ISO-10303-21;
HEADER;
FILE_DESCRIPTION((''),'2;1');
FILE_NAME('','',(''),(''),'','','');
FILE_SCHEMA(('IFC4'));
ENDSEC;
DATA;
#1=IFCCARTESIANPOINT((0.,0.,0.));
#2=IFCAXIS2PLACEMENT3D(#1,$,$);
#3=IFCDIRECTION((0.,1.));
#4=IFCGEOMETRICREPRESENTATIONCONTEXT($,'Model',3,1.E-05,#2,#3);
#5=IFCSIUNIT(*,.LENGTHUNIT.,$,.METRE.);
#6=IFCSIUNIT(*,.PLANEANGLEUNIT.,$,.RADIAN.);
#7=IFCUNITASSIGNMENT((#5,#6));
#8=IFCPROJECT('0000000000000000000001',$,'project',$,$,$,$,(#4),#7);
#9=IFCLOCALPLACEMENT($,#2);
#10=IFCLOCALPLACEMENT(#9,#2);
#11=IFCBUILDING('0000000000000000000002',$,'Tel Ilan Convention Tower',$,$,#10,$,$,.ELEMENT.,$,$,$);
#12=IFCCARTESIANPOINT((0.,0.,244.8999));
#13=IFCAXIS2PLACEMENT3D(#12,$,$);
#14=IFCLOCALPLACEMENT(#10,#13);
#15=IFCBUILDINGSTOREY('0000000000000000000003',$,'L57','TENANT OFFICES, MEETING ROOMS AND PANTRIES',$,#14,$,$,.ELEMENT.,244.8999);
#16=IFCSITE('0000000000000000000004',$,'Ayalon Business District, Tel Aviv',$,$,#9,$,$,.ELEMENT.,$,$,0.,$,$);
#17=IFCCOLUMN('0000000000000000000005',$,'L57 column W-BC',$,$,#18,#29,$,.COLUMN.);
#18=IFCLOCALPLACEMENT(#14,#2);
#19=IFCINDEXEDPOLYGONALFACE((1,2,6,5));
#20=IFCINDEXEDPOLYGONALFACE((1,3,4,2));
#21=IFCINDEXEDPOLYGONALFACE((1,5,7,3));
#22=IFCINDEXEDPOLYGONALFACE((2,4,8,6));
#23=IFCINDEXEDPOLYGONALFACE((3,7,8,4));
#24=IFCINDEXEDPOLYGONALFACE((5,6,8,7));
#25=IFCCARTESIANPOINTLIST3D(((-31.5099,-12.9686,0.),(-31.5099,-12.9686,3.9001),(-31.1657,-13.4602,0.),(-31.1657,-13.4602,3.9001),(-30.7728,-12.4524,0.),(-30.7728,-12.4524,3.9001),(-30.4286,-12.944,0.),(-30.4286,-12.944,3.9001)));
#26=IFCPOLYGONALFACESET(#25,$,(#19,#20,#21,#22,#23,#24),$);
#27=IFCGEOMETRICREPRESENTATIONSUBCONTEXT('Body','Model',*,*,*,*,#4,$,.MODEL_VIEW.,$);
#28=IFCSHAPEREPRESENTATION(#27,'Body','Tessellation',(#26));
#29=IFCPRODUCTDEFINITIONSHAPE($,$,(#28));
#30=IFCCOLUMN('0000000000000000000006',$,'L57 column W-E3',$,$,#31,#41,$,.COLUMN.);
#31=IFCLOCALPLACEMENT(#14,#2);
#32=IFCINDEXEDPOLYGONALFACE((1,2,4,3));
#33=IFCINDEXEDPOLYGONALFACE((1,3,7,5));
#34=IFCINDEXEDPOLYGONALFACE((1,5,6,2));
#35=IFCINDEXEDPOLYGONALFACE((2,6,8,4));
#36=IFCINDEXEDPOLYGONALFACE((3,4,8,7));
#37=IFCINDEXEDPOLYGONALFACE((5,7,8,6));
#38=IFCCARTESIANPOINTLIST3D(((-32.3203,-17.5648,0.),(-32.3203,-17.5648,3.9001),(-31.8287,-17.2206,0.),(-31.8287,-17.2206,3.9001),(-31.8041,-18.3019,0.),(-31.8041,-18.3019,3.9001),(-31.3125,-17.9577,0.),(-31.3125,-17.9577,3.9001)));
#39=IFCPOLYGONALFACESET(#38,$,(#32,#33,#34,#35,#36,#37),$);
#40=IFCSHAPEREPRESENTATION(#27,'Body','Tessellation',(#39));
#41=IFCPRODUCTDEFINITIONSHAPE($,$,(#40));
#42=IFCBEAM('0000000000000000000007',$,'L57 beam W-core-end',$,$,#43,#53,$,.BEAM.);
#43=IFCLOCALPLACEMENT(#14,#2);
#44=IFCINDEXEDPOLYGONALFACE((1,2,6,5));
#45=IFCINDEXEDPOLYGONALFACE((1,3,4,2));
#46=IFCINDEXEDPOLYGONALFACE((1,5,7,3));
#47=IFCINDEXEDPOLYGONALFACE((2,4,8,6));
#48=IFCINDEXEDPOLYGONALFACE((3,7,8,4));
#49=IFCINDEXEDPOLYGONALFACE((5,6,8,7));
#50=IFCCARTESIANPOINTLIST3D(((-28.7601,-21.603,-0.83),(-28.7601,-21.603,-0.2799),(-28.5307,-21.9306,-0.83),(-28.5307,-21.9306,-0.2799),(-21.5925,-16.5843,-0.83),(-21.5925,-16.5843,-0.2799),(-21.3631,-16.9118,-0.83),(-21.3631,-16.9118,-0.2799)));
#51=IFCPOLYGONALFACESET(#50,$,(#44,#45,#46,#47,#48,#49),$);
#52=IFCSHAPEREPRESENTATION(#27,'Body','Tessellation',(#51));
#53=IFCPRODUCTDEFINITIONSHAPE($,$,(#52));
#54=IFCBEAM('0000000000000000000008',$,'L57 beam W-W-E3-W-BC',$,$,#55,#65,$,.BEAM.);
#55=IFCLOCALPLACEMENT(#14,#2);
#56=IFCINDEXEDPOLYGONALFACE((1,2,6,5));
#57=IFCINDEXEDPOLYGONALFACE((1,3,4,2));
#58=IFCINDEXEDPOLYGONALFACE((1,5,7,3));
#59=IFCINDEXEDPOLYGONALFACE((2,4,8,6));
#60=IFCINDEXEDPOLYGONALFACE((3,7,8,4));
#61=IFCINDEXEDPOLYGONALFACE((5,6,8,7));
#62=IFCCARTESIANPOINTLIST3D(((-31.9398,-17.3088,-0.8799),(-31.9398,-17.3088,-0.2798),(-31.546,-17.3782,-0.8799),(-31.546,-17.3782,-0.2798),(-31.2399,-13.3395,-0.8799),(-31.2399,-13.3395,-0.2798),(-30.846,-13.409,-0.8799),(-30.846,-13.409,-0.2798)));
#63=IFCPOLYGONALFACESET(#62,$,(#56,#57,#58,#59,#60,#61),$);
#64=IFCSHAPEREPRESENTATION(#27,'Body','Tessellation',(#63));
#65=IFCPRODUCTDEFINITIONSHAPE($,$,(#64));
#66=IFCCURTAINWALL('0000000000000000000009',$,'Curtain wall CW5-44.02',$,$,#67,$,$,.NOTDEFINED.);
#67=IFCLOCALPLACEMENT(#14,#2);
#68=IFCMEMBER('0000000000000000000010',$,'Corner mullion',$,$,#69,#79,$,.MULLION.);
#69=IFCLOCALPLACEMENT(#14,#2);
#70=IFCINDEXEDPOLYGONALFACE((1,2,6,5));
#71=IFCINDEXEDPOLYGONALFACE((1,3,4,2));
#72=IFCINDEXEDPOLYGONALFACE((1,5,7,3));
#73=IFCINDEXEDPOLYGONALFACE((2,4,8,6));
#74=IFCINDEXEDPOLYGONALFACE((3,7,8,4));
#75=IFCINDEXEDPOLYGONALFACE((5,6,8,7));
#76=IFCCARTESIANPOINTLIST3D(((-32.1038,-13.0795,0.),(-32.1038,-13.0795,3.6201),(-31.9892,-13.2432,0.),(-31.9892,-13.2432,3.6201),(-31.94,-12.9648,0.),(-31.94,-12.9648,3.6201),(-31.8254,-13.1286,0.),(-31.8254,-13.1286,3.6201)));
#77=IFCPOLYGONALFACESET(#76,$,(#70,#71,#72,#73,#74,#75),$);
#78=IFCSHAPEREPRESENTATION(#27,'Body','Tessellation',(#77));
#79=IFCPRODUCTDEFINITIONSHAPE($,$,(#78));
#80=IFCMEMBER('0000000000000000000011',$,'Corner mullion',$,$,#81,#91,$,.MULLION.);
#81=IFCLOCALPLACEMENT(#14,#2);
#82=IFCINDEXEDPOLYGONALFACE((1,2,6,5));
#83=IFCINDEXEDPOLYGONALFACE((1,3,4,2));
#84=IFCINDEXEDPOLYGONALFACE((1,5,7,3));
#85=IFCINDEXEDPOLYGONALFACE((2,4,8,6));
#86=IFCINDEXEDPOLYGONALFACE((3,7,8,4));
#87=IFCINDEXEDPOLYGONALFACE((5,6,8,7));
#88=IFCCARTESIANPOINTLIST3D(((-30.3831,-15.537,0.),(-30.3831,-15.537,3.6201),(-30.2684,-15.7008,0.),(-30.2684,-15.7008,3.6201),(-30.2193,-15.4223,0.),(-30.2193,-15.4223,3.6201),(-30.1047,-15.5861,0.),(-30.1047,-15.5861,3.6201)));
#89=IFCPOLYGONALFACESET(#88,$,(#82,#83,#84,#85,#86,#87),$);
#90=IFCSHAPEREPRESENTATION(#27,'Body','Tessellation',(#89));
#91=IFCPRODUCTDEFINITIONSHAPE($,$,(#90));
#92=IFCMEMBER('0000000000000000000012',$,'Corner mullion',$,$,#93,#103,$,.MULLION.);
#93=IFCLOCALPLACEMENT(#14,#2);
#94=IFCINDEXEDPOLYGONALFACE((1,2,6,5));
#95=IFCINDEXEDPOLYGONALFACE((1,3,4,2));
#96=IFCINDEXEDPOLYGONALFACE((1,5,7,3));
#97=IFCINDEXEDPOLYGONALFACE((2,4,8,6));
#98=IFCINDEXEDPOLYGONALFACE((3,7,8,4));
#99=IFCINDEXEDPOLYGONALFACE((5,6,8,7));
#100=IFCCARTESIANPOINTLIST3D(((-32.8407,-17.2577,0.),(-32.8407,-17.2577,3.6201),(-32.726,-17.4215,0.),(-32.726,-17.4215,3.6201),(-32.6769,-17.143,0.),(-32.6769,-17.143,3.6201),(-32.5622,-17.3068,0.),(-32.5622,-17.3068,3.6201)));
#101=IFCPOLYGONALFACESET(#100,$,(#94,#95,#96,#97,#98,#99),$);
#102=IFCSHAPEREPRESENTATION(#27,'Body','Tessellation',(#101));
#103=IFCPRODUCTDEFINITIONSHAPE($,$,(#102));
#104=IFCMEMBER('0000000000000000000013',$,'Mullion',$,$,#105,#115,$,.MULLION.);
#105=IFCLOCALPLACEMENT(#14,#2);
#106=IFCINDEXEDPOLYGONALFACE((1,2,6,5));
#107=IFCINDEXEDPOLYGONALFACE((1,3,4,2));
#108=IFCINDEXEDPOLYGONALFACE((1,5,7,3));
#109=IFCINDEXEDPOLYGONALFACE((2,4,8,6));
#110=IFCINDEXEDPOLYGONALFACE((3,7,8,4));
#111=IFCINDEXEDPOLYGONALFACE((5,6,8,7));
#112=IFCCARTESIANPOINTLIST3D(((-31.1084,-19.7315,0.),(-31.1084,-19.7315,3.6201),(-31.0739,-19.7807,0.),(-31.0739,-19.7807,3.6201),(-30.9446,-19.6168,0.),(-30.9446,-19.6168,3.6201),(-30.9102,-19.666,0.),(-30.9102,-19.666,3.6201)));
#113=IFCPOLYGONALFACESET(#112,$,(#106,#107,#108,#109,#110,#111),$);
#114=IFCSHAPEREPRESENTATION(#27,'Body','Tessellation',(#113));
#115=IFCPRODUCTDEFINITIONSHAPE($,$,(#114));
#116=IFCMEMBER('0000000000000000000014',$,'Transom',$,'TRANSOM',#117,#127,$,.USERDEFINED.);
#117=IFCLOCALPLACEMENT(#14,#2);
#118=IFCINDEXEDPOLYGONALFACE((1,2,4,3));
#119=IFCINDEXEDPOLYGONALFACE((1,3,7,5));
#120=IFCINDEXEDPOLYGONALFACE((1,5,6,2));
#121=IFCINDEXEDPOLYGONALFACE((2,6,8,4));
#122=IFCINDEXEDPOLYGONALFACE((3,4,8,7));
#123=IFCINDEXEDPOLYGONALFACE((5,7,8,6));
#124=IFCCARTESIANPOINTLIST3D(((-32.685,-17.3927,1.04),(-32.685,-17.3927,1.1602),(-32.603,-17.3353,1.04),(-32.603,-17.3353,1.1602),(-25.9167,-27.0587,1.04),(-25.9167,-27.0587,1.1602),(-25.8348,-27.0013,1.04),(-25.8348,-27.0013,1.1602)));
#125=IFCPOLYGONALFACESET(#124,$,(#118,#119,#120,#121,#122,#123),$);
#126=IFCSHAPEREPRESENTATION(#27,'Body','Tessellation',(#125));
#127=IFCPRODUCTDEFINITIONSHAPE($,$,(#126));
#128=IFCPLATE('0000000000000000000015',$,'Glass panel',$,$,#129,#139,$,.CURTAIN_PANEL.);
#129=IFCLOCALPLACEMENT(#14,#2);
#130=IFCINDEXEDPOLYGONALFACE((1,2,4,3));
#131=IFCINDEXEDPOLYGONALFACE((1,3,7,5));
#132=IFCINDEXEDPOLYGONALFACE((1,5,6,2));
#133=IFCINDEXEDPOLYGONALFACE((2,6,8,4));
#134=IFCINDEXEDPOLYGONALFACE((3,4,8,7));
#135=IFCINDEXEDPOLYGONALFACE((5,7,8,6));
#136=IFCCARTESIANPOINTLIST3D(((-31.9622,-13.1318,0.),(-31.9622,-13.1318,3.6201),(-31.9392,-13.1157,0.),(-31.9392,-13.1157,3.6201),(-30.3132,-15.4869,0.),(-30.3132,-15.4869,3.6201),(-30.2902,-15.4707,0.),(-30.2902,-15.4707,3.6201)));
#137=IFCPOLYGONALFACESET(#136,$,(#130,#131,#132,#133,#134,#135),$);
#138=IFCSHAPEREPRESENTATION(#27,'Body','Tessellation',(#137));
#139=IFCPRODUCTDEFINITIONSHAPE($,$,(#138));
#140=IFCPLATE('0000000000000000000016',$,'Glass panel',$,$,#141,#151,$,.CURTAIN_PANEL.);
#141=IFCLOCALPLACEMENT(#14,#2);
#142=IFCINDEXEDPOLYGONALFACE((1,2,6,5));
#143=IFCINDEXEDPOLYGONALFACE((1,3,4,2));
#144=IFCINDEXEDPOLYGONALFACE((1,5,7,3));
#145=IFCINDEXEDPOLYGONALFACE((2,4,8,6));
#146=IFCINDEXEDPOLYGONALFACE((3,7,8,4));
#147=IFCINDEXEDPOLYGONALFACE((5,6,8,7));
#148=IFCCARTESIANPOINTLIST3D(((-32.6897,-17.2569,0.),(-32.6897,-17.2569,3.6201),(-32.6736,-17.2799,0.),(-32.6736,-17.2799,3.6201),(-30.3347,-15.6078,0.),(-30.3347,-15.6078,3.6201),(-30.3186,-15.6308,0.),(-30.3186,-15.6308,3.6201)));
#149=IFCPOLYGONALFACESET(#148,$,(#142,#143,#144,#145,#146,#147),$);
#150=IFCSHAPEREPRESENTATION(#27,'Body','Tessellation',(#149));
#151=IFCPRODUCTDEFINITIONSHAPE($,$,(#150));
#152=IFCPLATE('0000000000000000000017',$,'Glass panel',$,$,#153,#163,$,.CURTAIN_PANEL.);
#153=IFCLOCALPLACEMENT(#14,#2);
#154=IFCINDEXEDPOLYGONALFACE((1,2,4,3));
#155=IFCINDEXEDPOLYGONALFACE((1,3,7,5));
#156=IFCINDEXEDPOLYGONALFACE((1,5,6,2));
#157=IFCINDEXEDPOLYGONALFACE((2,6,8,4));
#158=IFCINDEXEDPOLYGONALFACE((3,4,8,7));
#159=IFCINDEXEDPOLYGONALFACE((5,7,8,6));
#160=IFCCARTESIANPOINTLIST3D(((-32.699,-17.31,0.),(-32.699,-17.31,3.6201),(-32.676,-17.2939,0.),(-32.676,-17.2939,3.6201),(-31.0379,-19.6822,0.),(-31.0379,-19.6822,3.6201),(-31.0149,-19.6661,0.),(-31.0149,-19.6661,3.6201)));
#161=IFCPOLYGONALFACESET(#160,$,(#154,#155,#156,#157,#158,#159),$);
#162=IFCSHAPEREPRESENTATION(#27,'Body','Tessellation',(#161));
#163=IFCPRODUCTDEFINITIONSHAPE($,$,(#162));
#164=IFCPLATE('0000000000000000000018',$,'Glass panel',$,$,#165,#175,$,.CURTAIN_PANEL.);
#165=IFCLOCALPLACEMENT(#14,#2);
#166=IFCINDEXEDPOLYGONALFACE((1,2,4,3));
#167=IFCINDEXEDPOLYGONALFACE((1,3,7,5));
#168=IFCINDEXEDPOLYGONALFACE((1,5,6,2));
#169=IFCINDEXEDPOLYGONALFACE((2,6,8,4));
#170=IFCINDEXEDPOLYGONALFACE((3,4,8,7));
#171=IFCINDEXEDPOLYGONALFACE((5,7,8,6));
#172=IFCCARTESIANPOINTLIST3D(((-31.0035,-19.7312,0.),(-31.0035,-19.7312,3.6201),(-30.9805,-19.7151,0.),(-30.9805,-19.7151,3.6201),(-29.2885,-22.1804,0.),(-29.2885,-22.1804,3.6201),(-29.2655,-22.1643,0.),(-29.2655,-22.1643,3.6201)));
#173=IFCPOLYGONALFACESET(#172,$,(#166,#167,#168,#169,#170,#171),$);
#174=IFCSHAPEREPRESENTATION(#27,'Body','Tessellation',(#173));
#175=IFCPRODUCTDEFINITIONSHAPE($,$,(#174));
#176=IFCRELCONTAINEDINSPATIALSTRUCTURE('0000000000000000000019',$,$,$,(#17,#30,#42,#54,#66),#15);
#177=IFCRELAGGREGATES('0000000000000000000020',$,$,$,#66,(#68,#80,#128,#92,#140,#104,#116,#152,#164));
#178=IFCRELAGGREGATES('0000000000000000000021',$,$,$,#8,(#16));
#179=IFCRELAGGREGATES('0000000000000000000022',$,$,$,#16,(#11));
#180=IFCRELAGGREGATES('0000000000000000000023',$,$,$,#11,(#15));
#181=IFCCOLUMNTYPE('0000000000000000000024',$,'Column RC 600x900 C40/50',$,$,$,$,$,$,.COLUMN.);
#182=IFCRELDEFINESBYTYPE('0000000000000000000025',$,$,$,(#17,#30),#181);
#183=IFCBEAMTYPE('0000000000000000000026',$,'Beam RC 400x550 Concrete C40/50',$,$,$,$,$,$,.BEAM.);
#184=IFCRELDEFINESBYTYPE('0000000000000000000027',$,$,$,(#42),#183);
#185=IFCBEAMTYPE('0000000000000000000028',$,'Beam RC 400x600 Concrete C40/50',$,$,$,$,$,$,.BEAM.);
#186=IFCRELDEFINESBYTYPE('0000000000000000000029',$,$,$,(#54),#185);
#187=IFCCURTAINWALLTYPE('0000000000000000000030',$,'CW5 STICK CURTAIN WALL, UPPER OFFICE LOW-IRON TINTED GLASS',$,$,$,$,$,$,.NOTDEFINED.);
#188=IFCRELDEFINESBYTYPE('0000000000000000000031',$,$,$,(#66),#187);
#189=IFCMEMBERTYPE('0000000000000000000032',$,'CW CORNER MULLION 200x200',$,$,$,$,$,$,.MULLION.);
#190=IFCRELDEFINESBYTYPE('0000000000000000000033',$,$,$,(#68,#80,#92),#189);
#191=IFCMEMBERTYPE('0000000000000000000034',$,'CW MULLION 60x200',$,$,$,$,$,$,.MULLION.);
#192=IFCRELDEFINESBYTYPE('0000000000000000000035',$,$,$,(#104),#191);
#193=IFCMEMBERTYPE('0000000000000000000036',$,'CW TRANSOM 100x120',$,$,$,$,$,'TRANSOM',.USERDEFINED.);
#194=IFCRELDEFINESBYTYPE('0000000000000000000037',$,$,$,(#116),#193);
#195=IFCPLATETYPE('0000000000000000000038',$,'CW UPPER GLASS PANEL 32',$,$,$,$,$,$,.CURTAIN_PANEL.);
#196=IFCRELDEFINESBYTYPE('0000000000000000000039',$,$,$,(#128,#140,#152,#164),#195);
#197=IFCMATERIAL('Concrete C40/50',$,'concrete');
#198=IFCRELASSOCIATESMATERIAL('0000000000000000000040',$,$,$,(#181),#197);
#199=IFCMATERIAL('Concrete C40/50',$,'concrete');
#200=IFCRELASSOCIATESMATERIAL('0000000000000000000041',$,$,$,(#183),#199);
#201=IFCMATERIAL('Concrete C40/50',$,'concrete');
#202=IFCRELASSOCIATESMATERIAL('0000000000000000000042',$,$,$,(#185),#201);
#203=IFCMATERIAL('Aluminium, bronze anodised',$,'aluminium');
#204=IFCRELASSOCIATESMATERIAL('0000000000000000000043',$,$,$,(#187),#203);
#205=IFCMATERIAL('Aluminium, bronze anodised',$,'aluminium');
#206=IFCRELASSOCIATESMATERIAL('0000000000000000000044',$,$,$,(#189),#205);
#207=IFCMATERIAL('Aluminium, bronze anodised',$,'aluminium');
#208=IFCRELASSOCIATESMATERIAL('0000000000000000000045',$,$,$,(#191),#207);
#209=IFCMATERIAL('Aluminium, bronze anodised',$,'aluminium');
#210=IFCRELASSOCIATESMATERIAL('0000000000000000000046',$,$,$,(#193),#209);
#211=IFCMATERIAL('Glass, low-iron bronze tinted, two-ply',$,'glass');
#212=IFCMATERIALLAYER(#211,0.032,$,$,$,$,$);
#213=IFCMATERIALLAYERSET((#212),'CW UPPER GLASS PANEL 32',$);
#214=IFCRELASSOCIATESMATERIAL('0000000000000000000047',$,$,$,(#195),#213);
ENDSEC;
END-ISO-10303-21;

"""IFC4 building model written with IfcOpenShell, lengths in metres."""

from ifc_helpers import new_model, si_unit, direction, frame, origin, origin_2d, place, context, subcontext, project, spatial, rectangle, extrude, material, layer, layer_set, material_profile, profile_set, type_object, element, aggregate, save


model = new_model("IFC4")

# Units and contexts
model_context = context("Model", 3, precision=1e-05, world=origin(), true_north=direction((0.0, 1.0)))
body_context = subcontext(model_context, "Body", "Model", "MODEL_VIEW")
ifc_project = project(units=[si_unit("LENGTHUNIT", "METRE"), si_unit("PLANEANGLEUNIT", "RADIAN")], contexts=[model_context])

# Site, building, storey
site_placement = place(None, origin())
site = spatial("IfcSite", under=ifc_project, at=site_placement, Name="Ayalon Business District, Tel Aviv", CompositionType="ELEMENT", RefElevation=0.0)
building_placement = place(site_placement, origin())
building = spatial("IfcBuilding", under=site, at=building_placement, Name="Tel Ilan Convention Tower", CompositionType="ELEMENT")
storey_placement = place(building_placement, frame((0.0, 0.0, 244.8999)))
storey = spatial("IfcBuildingStorey", under=building, at=storey_placement, Name="L57", Description="TENANT OFFICES, MEETING ROOMS AND PANTRIES", CompositionType="ELEMENT", Elevation=244.8999)

# Columns
ifc_material_1 = material(Name="Concrete C40/50", Category="concrete")
ifc_material_profile_1 = material_profile(ifc_material_1, rectangle(XDim=0.8999, YDim=0.6001, at=origin_2d()), Name="RC 600x900")
ifc_profile_set_1 = profile_set([ifc_material_profile_1], Name="Concrete C40/50")
column_type = type_object("IfcColumnType", Name="Column RC 600x900 C40/50", PredefinedType="COLUMN", material=ifc_profile_set_1)
for number, where, z_axis, x_axis, name in (
    (1, (-30.9692, -12.9563, 0.0), (0.0, 0.0, 1.0), (-0.819152, -0.573576, 0.0), "L57 column W-BC"),
    (2, (-31.8164, -17.7612, 0.0), (0.0, 0.0, 1.0), (-0.573576, 0.819152, 0.0), "L57 column W-E3"),
):
    element("IfcColumn", number, at=place(storey_placement, frame(where, z_axis=z_axis, x_axis=x_axis)), inside=storey, type_object=column_type, Name=name, PredefinedType="COLUMN", context=body_context, shape_type="SweptSolid", body=[
        extrude(rectangle(XDim=0.8999, YDim=0.6001, at=origin_2d()), origin(), (0.0, 0.0, 1.0), 3.9001),
    ])

# Beams
ifc_material_2 = material(Name="Concrete C40/50", Category="concrete")
ifc_material_profile_2 = material_profile(ifc_material_2, rectangle(XDim=0.3999, YDim=0.55, at=origin_2d()), Name="RC 400x550")
ifc_profile_set_2 = profile_set([ifc_material_profile_2], Name="Concrete C40/50")
beam_type_1 = type_object("IfcBeamType", Name="Beam RC 400x550 Concrete C40/50", PredefinedType="BEAM", material=ifc_profile_set_2)
beam_1_placement = place(storey_placement, frame((-21.4778, -16.748, -0.5549), z_axis=(-0.819157, -0.573569, 0.0), x_axis=(0.573569, -0.819157, 0.0)))
element("IfcBeam", 3, at=beam_1_placement, inside=storey, type_object=beam_type_1, Name="L57 beam W-core-end", PredefinedType="BEAM", context=body_context, shape_type="SweptSolid", body=[
    extrude(rectangle(XDim=0.3999, YDim=0.55, at=origin_2d()), origin(), (0.0, 0.0, 1.0), 8.75),
])
ifc_material_3 = material(Name="Concrete C40/50", Category="concrete")
ifc_material_profile_3 = material_profile(ifc_material_3, rectangle(XDim=0.3999, YDim=0.6001, at=origin_2d()), Name="RC 400x600")
ifc_profile_set_3 = profile_set([ifc_material_profile_3], Name="Concrete C40/50")
beam_type_2 = type_object("IfcBeamType", Name="Beam RC 400x600 Concrete C40/50", PredefinedType="BEAM", material=ifc_profile_set_3)
beam_2_placement = place(storey_placement, frame((-31.7429, -17.3435, -0.5798), z_axis=(0.173664, 0.984805, 0.0), x_axis=(-0.984805, 0.173664, 0.0)))
element("IfcBeam", 4, at=beam_2_placement, inside=storey, type_object=beam_type_2, Name="L57 beam W-W-E3-W-BC", PredefinedType="BEAM", context=body_context, shape_type="SweptSolid", body=[
    extrude(rectangle(XDim=0.3999, YDim=0.6001, at=origin_2d()), origin(), (0.0, 0.0, 1.0), 4.0305),
])

# Curtain wall, members, plates
ifc_material_4 = material(Name="Aluminium, bronze anodised", Category="aluminium")
curtain_wall_type = type_object("IfcCurtainWallType", Name="CW5 STICK CURTAIN WALL, UPPER OFFICE LOW-IRON TINTED GLASS", PredefinedType="NOTDEFINED", material=ifc_material_4)
curtain_wall_placement = place(storey_placement, origin())
curtain_wall = element("IfcCurtainWall", 5, at=curtain_wall_placement, inside=storey, type_object=curtain_wall_type, Name="Curtain wall CW5-44.02", PredefinedType="NOTDEFINED")
ifc_material_5 = material(Name="Aluminium, bronze anodised", Category="aluminium")
ifc_material_profile_4 = material_profile(ifc_material_5, rectangle(XDim=0.2, YDim=0.2, at=origin_2d()), Name="CW CORNER MULLION 200x200")
ifc_profile_set_4 = profile_set([ifc_material_profile_4], Name="Aluminium, bronze anodised")
member_type_1 = type_object("IfcMemberType", Name="CW CORNER MULLION 200x200", PredefinedType="MULLION", material=ifc_profile_set_4)
member_1_placement = place(storey_placement, frame((-31.9646, -13.104, 0.0), z_axis=(0.0, 0.0, 1.0), x_axis=(-0.819152, -0.573576, 0.0)))
member_1 = element("IfcMember", 6, at=member_1_placement, type_object=member_type_1, Name="Corner mullion", PredefinedType="MULLION", context=body_context, shape_type="SweptSolid", body=[
    extrude(rectangle(XDim=0.2, YDim=0.2, at=origin_2d()), origin(), (0.0, 0.0, 1.0), 3.6201),
])
member_2_placement = place(storey_placement, frame((-30.2439, -15.5615, 0.0), z_axis=(0.0, 0.0, 1.0), x_axis=(0.573576, -0.819152, 0.0)))
member_2 = element("IfcMember", 7, at=member_2_placement, type_object=member_type_1, Name="Corner mullion", PredefinedType="MULLION", context=body_context, shape_type="SweptSolid", body=[
    extrude(rectangle(XDim=0.2, YDim=0.2, at=origin_2d()), origin(), (0.0, 0.0, 1.0), 3.6201),
])
member_3_placement = place(storey_placement, frame((-32.7014, -17.2822, 0.0), z_axis=(0.0, 0.0, 1.0), x_axis=(-0.819152, -0.573576, 0.0)))
member_3 = element("IfcMember", 8, at=member_3_placement, type_object=member_type_1, Name="Corner mullion", PredefinedType="MULLION", context=body_context, shape_type="SweptSolid", body=[
    extrude(rectangle(XDim=0.2, YDim=0.2, at=origin_2d()), origin(), (0.0, 0.0, 1.0), 3.6201),
])
ifc_material_6 = material(Name="Aluminium, bronze anodised", Category="aluminium")
ifc_material_profile_5 = material_profile(ifc_material_6, rectangle(XDim=0.0601, YDim=0.2, at=origin_2d()), Name="CW MULLION 60x200")
ifc_profile_set_5 = profile_set([ifc_material_profile_5], Name="Aluminium, bronze anodised")
member_type_2 = type_object("IfcMemberType", Name="CW MULLION 60x200", PredefinedType="MULLION", material=ifc_profile_set_5)
member_4_placement = place(storey_placement, frame((-31.0093, -19.6987, 0.0), z_axis=(0.0, 0.0, 1.0), x_axis=(0.573576, -0.819152, 0.0)))
member_4 = element("IfcMember", 9, at=member_4_placement, type_object=member_type_2, Name="Mullion", PredefinedType="MULLION", context=body_context, shape_type="SweptSolid", body=[
    extrude(rectangle(XDim=0.0601, YDim=0.2, at=origin_2d()), origin(), (0.0, 0.0, 1.0), 3.6201),
])
ifc_material_7 = material(Name="Aluminium, bronze anodised", Category="aluminium")
ifc_material_profile_6 = material_profile(ifc_material_7, rectangle(XDim=0.1001, YDim=0.1201, at=origin_2d()), Name="CW TRANSOM 100x120")
ifc_profile_set_6 = profile_set([ifc_material_profile_6], Name="Aluminium, bronze anodised")
member_type_3 = type_object("IfcMemberType", Name="CW TRANSOM 100x120", ElementType="TRANSOM", PredefinedType="USERDEFINED", material=ifc_profile_set_6)
member_5_placement = place(storey_placement, frame((-32.644, -17.364, 1.1001), z_axis=(0.573582, -0.819148, 0.0), x_axis=(0.819148, 0.573582, 0.0)))
member_5 = element("IfcMember", 10, at=member_5_placement, type_object=member_type_3, Name="Transom", ObjectType="TRANSOM", PredefinedType="USERDEFINED", context=body_context, shape_type="SweptSolid", body=[
    extrude(rectangle(XDim=0.1001, YDim=0.1201, at=origin_2d()), origin(), (0.0, 0.0, 1.0), 11.8),
])
ifc_material_8 = material(Name="Glass, low-iron bronze tinted, two-ply", Category="glass")
ifc_layer_1 = layer(ifc_material_8, 0.032)
ifc_layer_set_1 = layer_set([ifc_layer_1], Name="CW UPPER GLASS PANEL 32")
plate_type = type_object("IfcPlateType", Name="CW UPPER GLASS PANEL 32", PredefinedType="CURTAIN_PANEL", material=ifc_layer_set_1)
plate_1_placement = place(storey_placement, frame((-31.1262, -14.3013, 0.0), z_axis=(0.0, 0.0, 1.0), x_axis=(0.573576, -0.819152, 0.0)))
plate_1 = element("IfcPlate", 11, at=plate_1_placement, type_object=plate_type, Name="Glass panel", PredefinedType="CURTAIN_PANEL", context=body_context, shape_type="SweptSolid", body=[
    extrude(rectangle(XDim=2.875, YDim=0.0281, at=origin_2d()), origin(), (0.0, 0.0, 1.0), 3.6201),
])
plate_2_placement = place(storey_placement, frame((-31.5042, -16.4438, 0.0), z_axis=(0.0, 0.0, 1.0), x_axis=(-0.819152, -0.573576, 0.0)))
plate_2 = element("IfcPlate", 12, at=plate_2_placement, type_object=plate_type, Name="Glass panel", PredefinedType="CURTAIN_PANEL", context=body_context, shape_type="SweptSolid", body=[
    extrude(rectangle(XDim=2.875, YDim=0.0281, at=origin_2d()), origin(), (0.0, 0.0, 1.0), 3.6201),
])
plate_3_placement = place(storey_placement, frame((-31.8569, -18.488, 0.0), z_axis=(0.0, 0.0, 1.0), x_axis=(0.573576, -0.819152, 0.0)))
plate_3 = element("IfcPlate", 13, at=plate_3_placement, type_object=plate_type, Name="Glass panel", PredefinedType="CURTAIN_PANEL", context=body_context, shape_type="SweptSolid", body=[
    extrude(rectangle(XDim=2.896, YDim=0.0281, at=origin_2d()), origin(), (0.0, 0.0, 1.0), 3.6201),
])
plate_4_placement = place(storey_placement, frame((-30.1345, -20.9478, 0.0), z_axis=(0.0, 0.0, 1.0), x_axis=(0.573576, -0.819152, 0.0)))
plate_4 = element("IfcPlate", 14, at=plate_4_placement, type_object=plate_type, Name="Glass panel", PredefinedType="CURTAIN_PANEL", context=body_context, shape_type="SweptSolid", body=[
    extrude(rectangle(XDim=2.99, YDim=0.0281, at=origin_2d()), origin(), (0.0, 0.0, 1.0), 3.6201),
])
aggregate(curtain_wall, [member_1, member_2, plate_1, member_3, plate_2, member_4, member_5, plate_3, plate_4])

save(model, "model.ifc")
